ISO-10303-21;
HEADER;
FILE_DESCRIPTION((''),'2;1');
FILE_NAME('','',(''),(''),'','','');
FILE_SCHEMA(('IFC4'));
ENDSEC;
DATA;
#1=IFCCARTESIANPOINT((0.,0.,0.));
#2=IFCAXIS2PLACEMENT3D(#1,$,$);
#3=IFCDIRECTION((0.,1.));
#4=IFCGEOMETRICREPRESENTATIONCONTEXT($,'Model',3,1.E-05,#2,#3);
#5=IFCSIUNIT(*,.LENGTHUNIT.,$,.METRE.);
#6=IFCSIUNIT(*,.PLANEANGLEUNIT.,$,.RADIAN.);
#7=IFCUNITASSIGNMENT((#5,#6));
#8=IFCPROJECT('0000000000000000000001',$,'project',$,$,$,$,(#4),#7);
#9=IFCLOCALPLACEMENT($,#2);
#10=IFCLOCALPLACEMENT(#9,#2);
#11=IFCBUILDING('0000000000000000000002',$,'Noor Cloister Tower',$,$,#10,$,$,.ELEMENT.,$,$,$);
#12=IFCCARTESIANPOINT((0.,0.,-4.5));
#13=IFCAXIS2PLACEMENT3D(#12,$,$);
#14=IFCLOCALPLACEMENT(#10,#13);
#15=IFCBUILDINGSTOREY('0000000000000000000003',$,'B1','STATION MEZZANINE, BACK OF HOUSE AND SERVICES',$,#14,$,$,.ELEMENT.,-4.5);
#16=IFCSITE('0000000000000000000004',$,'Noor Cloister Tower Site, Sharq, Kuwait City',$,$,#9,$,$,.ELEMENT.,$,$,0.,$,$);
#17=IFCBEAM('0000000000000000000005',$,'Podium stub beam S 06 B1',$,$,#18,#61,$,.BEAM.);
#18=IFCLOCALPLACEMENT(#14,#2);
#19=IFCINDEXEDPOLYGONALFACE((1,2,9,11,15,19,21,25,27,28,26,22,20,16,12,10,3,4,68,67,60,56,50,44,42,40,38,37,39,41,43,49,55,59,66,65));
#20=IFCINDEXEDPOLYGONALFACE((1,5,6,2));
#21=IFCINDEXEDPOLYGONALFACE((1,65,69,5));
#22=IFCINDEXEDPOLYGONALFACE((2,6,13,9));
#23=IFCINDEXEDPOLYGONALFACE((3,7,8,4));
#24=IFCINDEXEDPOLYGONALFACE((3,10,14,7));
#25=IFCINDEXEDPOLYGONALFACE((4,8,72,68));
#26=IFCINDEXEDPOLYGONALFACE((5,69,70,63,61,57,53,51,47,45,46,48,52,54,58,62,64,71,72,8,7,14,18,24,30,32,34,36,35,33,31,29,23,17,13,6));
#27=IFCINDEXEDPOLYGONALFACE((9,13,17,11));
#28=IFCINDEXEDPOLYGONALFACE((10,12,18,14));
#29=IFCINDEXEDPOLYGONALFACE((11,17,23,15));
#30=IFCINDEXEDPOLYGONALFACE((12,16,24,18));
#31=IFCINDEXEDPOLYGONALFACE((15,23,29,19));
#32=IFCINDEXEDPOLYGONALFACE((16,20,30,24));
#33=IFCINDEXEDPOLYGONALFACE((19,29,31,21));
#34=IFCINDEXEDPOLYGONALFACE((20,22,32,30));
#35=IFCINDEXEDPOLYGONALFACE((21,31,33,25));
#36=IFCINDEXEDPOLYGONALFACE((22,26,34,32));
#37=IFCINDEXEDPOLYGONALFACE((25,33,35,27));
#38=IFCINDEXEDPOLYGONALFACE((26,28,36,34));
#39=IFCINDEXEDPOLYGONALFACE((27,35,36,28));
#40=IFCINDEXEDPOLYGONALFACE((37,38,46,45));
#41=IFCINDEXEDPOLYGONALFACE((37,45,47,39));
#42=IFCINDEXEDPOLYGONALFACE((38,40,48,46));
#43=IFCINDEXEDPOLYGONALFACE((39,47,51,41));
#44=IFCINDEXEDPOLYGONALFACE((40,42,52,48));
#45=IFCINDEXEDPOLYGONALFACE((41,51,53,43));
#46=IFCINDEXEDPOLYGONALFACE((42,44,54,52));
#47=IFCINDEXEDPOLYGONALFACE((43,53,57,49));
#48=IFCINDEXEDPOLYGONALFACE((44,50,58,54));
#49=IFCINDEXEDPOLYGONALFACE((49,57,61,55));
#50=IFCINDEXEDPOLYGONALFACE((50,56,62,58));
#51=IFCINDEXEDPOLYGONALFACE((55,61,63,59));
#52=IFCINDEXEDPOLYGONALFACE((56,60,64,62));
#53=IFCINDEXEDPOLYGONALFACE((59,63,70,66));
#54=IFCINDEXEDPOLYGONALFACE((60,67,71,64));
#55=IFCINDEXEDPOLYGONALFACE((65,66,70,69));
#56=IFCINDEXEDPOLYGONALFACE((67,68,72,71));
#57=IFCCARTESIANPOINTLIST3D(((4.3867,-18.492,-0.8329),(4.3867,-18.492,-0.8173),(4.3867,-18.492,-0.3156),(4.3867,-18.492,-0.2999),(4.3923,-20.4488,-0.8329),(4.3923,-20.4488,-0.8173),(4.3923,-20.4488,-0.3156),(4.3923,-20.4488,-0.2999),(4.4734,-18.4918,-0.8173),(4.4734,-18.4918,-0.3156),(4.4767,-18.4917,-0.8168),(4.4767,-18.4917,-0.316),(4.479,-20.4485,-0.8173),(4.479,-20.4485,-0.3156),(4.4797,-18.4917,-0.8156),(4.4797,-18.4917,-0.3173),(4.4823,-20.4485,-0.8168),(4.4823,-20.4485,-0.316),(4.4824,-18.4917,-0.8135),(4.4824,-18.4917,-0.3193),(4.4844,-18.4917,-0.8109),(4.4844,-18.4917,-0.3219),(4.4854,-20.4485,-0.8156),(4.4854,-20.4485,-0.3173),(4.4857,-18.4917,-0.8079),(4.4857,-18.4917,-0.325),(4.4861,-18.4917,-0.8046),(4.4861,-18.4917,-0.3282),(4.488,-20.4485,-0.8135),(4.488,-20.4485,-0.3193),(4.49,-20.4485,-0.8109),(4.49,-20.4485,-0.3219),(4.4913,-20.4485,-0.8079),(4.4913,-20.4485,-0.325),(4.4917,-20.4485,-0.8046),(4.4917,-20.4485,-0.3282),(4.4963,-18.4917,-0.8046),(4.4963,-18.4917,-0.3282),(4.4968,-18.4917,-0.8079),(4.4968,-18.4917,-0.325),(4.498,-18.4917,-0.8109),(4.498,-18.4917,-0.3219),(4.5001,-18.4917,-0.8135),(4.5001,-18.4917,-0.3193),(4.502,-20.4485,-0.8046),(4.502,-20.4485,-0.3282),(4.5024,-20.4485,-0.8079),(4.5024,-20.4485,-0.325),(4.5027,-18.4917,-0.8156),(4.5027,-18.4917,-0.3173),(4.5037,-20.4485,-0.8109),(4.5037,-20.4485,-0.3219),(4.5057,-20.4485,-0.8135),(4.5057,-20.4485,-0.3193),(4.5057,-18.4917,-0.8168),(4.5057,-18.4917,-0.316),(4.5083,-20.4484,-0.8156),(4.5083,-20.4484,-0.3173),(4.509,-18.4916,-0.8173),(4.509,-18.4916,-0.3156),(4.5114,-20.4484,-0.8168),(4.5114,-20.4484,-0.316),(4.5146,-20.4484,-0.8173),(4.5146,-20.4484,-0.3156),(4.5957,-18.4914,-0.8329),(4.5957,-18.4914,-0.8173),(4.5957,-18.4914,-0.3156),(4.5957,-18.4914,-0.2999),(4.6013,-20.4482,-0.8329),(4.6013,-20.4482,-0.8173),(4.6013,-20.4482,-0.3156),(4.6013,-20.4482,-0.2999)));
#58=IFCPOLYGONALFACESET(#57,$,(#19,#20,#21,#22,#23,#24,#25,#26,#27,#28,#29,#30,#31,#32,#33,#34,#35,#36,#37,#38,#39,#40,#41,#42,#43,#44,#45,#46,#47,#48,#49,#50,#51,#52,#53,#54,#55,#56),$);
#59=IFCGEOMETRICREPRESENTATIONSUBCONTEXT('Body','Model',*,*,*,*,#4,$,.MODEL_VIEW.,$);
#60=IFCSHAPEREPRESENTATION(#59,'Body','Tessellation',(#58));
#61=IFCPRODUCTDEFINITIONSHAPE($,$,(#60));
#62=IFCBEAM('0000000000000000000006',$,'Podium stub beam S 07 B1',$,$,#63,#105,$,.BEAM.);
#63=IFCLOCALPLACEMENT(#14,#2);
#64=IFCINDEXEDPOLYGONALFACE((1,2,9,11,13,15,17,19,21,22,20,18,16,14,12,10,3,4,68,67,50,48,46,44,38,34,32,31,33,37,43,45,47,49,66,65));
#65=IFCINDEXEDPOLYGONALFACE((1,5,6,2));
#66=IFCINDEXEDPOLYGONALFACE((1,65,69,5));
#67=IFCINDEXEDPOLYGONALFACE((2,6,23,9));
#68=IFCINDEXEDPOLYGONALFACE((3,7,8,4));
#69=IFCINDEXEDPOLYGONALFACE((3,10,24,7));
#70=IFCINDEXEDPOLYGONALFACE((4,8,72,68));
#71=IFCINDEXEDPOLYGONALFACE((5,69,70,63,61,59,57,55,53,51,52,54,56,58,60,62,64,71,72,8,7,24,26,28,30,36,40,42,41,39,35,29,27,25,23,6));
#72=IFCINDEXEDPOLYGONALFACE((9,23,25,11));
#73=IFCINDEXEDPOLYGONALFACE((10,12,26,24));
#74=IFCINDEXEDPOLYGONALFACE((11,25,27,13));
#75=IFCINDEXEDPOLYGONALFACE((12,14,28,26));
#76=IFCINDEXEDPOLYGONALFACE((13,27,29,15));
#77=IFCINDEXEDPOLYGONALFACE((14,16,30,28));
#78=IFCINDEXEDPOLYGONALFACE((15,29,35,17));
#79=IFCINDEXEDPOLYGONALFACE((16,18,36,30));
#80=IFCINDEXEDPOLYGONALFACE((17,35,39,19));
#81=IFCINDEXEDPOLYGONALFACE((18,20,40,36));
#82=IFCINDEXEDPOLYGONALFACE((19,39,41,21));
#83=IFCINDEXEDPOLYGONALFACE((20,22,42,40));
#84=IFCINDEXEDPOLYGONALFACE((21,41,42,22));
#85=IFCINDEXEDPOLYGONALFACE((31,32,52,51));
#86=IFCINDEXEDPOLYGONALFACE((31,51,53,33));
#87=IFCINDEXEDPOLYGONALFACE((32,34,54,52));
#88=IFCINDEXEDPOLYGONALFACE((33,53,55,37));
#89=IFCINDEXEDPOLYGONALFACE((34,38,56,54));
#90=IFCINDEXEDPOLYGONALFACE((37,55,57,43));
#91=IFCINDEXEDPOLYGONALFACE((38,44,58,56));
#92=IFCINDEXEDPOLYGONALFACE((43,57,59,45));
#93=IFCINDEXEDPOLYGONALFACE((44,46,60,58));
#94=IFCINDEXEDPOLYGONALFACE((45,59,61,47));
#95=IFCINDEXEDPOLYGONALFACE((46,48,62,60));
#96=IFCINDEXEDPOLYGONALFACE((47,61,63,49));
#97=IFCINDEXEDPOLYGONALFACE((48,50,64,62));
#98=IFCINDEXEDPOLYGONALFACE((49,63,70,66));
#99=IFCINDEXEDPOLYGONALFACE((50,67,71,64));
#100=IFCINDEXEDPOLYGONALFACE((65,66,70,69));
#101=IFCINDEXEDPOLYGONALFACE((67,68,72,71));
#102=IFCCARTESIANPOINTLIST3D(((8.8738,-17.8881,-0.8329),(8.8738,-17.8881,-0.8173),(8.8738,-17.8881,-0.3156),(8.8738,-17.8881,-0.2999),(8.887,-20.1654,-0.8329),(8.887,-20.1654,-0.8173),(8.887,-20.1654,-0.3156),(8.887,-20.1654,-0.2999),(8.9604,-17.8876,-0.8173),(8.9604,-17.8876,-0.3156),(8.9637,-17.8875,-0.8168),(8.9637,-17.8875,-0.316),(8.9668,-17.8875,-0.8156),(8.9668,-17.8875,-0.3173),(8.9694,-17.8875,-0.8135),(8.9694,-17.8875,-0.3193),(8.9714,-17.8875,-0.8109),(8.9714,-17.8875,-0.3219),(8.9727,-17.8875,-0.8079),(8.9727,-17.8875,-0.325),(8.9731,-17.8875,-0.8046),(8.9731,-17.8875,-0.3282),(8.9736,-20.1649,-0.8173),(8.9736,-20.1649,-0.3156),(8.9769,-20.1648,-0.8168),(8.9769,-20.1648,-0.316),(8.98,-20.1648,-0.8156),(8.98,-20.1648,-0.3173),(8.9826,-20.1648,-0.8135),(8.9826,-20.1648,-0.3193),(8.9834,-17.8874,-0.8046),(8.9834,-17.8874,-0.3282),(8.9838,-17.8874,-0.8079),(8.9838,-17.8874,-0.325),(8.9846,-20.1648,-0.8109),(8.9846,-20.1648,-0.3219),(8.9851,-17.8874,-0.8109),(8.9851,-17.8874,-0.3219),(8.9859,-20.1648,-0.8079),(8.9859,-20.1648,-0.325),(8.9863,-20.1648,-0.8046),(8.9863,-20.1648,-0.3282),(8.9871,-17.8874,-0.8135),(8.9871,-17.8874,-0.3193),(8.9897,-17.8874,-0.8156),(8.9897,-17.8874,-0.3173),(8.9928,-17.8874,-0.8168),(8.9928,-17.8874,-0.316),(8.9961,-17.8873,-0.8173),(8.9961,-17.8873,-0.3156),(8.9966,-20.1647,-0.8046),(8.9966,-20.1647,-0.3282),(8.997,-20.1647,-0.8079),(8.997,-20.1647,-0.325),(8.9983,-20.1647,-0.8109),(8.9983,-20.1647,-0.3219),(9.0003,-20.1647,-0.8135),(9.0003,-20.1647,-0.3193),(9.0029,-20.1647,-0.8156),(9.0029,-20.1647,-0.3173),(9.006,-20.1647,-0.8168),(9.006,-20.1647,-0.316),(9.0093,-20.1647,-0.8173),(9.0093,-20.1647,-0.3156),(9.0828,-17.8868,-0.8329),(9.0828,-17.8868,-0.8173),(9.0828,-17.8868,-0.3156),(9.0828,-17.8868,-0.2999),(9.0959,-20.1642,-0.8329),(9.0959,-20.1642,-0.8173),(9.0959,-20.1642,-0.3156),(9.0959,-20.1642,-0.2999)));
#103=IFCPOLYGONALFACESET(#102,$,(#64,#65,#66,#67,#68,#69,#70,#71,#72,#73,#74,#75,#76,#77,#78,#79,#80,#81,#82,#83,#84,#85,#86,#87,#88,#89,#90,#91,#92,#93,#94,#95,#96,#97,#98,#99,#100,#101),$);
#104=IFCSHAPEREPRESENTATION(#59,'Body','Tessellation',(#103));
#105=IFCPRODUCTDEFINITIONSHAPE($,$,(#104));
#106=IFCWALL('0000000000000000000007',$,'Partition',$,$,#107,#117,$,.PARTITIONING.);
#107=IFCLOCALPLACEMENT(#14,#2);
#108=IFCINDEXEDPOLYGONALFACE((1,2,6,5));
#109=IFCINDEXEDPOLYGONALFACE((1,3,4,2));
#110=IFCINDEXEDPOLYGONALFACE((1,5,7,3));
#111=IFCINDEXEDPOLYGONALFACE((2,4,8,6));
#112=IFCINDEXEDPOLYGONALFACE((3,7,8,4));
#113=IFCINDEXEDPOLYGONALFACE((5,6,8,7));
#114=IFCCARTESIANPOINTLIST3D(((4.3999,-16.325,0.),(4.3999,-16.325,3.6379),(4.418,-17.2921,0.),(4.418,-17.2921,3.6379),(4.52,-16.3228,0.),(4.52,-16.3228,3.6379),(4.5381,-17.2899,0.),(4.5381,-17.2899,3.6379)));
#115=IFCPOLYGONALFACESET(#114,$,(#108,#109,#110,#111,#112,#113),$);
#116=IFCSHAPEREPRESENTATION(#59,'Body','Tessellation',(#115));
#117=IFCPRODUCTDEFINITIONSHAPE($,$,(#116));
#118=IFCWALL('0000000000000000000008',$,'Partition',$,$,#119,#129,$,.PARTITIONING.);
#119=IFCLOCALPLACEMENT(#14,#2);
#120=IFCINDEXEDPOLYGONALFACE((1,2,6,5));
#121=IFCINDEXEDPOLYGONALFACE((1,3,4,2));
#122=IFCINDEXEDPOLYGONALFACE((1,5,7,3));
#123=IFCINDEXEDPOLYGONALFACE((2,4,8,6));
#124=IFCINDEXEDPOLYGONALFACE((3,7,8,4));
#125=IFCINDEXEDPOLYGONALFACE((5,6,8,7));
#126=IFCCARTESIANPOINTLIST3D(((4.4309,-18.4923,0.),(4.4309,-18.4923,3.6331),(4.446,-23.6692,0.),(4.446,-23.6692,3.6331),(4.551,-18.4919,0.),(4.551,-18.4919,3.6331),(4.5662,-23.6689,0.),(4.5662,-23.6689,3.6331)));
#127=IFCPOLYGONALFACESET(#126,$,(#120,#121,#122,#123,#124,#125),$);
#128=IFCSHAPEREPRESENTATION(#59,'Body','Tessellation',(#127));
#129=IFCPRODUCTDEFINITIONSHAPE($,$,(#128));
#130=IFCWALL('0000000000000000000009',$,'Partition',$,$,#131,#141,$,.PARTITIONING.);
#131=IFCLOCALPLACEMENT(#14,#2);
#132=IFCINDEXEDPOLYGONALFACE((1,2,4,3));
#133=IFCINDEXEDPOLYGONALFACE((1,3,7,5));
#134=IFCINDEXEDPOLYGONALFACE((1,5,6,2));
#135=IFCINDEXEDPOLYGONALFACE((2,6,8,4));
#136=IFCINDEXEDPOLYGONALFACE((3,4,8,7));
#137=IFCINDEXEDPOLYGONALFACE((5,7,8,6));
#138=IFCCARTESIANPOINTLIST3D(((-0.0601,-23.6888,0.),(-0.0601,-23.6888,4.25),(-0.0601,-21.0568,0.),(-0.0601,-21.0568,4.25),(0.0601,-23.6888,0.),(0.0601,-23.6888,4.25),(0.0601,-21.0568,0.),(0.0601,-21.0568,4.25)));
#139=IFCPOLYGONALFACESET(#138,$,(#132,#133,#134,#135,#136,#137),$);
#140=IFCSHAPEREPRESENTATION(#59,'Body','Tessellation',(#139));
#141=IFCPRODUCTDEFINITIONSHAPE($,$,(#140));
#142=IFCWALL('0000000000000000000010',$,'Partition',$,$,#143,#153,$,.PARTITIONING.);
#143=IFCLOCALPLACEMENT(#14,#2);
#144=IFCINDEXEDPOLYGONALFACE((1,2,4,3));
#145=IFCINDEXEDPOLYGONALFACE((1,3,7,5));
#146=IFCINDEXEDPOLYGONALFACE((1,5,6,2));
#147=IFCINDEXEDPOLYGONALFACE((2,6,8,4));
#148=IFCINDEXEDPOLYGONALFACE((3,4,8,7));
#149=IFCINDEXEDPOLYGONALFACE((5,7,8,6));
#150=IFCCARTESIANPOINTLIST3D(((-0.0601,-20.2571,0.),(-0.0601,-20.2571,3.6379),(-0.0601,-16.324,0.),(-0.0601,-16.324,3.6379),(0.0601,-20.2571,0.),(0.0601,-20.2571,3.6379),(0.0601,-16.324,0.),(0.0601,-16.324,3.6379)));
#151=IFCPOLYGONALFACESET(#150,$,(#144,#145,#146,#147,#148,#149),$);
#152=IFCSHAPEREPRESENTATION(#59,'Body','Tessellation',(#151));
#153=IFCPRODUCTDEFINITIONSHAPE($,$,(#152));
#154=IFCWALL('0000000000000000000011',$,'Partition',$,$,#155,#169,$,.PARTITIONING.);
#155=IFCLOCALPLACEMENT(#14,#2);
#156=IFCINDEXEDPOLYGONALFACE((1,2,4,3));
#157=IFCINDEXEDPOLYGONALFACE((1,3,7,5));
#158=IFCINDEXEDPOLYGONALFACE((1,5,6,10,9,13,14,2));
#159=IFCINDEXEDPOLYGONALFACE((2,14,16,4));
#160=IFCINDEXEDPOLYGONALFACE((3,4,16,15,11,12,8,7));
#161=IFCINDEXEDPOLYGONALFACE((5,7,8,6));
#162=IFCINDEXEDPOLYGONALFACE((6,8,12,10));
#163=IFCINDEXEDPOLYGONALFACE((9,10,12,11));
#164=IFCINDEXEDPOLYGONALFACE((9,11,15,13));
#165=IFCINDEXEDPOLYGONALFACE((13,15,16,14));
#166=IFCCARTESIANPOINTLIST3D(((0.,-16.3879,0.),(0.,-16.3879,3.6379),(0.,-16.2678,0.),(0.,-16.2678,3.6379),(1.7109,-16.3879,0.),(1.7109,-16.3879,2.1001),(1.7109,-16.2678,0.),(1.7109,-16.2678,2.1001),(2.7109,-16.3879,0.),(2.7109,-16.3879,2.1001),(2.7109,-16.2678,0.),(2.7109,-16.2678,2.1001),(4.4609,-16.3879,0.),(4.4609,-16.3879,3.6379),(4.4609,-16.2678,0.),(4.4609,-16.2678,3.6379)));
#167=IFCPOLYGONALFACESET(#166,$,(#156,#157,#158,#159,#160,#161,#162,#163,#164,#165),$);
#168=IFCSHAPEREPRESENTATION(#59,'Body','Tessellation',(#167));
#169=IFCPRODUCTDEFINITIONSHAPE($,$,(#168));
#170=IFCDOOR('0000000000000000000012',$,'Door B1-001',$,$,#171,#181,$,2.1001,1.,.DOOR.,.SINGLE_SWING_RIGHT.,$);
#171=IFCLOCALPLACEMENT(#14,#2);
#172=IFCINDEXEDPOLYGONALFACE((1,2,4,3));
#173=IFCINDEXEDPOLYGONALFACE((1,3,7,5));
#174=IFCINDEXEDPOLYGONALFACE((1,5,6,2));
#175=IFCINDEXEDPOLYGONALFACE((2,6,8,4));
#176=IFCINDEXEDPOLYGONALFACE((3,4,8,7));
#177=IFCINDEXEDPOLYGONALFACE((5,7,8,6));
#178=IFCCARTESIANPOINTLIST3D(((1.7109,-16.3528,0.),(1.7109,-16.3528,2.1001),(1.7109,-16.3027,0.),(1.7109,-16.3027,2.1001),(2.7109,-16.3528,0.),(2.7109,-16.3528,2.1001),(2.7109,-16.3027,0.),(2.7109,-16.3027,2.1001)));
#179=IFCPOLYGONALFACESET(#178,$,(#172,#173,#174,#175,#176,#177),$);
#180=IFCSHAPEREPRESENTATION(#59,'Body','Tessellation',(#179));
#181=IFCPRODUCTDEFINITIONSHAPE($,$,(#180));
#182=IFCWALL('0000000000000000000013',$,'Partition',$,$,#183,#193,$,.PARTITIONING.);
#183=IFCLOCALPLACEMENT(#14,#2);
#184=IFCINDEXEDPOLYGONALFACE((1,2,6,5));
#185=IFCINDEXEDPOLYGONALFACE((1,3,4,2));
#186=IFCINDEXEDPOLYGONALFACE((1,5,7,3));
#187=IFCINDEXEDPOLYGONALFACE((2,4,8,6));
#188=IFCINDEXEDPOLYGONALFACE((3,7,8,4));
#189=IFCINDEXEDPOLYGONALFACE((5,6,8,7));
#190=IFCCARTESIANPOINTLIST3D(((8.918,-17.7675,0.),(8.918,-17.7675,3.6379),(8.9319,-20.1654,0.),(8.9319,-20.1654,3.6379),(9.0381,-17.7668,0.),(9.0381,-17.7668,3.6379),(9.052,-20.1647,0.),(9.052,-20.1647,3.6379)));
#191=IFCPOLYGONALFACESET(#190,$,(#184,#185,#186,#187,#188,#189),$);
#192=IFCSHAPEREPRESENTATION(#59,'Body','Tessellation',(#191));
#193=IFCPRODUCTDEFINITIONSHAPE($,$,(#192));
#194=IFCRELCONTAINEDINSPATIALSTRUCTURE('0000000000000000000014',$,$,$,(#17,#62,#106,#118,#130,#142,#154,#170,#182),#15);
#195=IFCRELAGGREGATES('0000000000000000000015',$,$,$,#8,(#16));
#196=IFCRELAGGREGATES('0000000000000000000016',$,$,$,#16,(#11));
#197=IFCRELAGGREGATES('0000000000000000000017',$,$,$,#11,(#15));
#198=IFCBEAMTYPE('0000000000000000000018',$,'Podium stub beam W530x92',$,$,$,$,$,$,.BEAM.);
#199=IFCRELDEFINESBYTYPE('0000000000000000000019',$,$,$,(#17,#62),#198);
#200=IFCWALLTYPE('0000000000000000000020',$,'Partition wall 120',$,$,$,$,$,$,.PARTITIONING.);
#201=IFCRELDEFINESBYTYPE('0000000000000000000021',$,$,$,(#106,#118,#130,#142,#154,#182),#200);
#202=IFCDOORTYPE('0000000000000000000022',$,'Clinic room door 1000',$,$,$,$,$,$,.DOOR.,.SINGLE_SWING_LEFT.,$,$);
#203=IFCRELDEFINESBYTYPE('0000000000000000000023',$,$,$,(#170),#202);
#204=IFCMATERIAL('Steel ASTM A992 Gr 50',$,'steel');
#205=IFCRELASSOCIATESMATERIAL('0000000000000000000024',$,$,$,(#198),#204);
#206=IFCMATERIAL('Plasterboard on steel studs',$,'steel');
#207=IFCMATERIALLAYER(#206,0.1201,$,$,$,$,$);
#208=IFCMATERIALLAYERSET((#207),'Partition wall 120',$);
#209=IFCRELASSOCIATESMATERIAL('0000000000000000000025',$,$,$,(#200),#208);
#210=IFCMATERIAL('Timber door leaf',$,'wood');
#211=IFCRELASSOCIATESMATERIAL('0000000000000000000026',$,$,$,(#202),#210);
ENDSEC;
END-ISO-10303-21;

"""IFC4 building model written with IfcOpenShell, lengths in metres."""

from ifc_helpers import new_model, si_unit, direction, frame, frame_2d, origin, origin_2d, place, context, subcontext, project, spatial, rectangle, i_section, extrude, material, layer, layer_set, material_profile, profile_set, type_object, element, fill, save


model = new_model("IFC4")

# Units and contexts
model_context = context("Model", 3, precision=1e-05, world=origin(), true_north=direction((0.0, 1.0)))
body_context = subcontext(model_context, "Body", "Model", "MODEL_VIEW")
ifc_project = project(units=[si_unit("LENGTHUNIT", "METRE"), si_unit("PLANEANGLEUNIT", "RADIAN")], contexts=[model_context])

# Site, building, storey
site_placement = place(None, origin())
site = spatial("IfcSite", under=ifc_project, at=site_placement, Name="Noor Cloister Tower Site, Sharq, Kuwait City", CompositionType="ELEMENT", RefElevation=0.0)
building_placement = place(site_placement, origin())
building = spatial("IfcBuilding", under=site, at=building_placement, Name="Noor Cloister Tower", CompositionType="ELEMENT")
storey_placement = place(building_placement, frame((0.0, 0.0, -4.5)))
storey = spatial("IfcBuildingStorey", under=building, at=storey_placement, Name="B1", Description="STATION MEZZANINE, BACK OF HOUSE AND SERVICES", CompositionType="ELEMENT", Elevation=-4.5)

# Beams
ifc_material_1 = material(Name="Steel ASTM A992 Gr 50", Category="steel")
ifc_material_profile_1 = material_profile(ifc_material_1, i_section(OverallWidth=0.209, OverallDepth=0.533, WebThickness=0.0103, FlangeThickness=0.0156, FilletRadius=0.0127, at=origin_2d()), Name="W530x92")
ifc_profile_set_1 = profile_set([ifc_material_profile_1], Name="Steel ASTM A992 Gr 50")
beam_type_1 = type_object("IfcBeamType", Name="Podium stub beam W530x92", PredefinedType="BEAM", material=ifc_profile_set_1)
beam_1_placement = place(storey_placement, frame((4.4912, -18.4917, -0.5664), z_axis=(0.00287, -0.999996, 0.0), x_axis=(0.999996, 0.00287, 0.0)))
element("IfcBeam", 1, at=beam_1_placement, inside=storey, type_object=beam_type_1, Name="Podium stub beam S 06 B1", PredefinedType="BEAM", context=body_context, shape_type="SweptSolid", body=[
    extrude(i_section(OverallWidth=0.209, OverallDepth=0.533, WebThickness=0.0103, FlangeThickness=0.0156, FilletRadius=0.0127, at=origin_2d()), origin(), (0.0, 0.0, 1.0), 1.9568),
])
beam_2_placement = place(storey_placement, frame((8.9783, -17.8875, -0.5664), z_axis=(0.005789, -0.999983, 0.0), x_axis=(0.999983, 0.005789, 0.0)))
element("IfcBeam", 2, at=beam_2_placement, inside=storey, type_object=beam_type_1, Name="Podium stub beam S 07 B1", PredefinedType="BEAM", context=body_context, shape_type="SweptSolid", body=[
    extrude(i_section(OverallWidth=0.209, OverallDepth=0.533, WebThickness=0.0103, FlangeThickness=0.0156, FilletRadius=0.0127, at=origin_2d()), origin(), (0.0, 0.0, 1.0), 2.2773),
])

# Walls
ifc_material_2 = material(Name="Plasterboard on steel studs", Category="steel")
ifc_layer = layer(ifc_material_2, 0.1201)
ifc_layer_set = layer_set([ifc_layer], Name="Partition wall 120")
wall_type = type_object("IfcWallType", Name="Partition wall 120", PredefinedType="PARTITIONING", material=ifc_layer_set)
wall_1_placement = place(storey_placement, frame((4.478, -17.291, 0.0), z_axis=(0.0, 0.0, 1.0), x_axis=(-0.018679, 0.999826, 0.0)))
element("IfcWall", 3, at=wall_1_placement, inside=storey, type_object=wall_type, Name="Partition", PredefinedType="PARTITIONING", context=body_context, shape_type="SweptSolid", body=[
    extrude(rectangle(XDim=0.9673, YDim=0.1201, at=frame_2d((0.4836, 0.0))), origin(), (0.0, 0.0, 1.0), 3.6379),
])
wall_2_placement = place(storey_placement, frame((4.5061, -23.6689, 0.0), z_axis=(0.0, 0.0, 1.0), x_axis=(-0.002924, 0.999996, 0.0)))
element("IfcWall", 4, at=wall_2_placement, inside=storey, type_object=wall_type, Name="Partition", PredefinedType="PARTITIONING", context=body_context, shape_type="SweptSolid", body=[
    extrude(rectangle(XDim=5.177, YDim=0.1201, at=frame_2d((2.5884, 0.0))), origin(), (0.0, 0.0, 1.0), 3.6331),
])
wall_3_placement = place(storey_placement, frame((0.0, -21.0569, 0.0), z_axis=(0.0, 0.0, 1.0), x_axis=(0.0, -1.0, 0.0)))
element("IfcWall", 5, at=wall_3_placement, inside=storey, type_object=wall_type, Name="Partition", PredefinedType="PARTITIONING", context=body_context, shape_type="SweptSolid", body=[
    extrude(rectangle(XDim=2.6321, YDim=0.1201, at=frame_2d((1.3159, 0.0))), origin(), (0.0, 0.0, 1.0), 4.25),
])
wall_4_placement = place(storey_placement, frame((0.0, -16.324, 0.0), z_axis=(0.0, 0.0, 1.0), x_axis=(0.0, -1.0, 0.0)))
element("IfcWall", 6, at=wall_4_placement, inside=storey, type_object=wall_type, Name="Partition", PredefinedType="PARTITIONING", context=body_context, shape_type="SweptSolid", body=[
    extrude(rectangle(XDim=3.9331, YDim=0.1201, at=frame_2d((1.9666, 0.0))), origin(), (0.0, 0.0, 1.0), 3.6379),
])

# Wall, opening, door
wall_5_placement = place(storey_placement, frame((4.4609, -16.3279, 0.0), z_axis=(0.0, 0.0, 1.0), x_axis=(-1.0, 0.0, 0.0)))
wall_5 = element("IfcWall", 7, at=wall_5_placement, inside=storey, type_object=wall_type, Name="Partition", PredefinedType="PARTITIONING", context=body_context, shape_type="SweptSolid", body=[
    extrude(rectangle(XDim=4.4609, YDim=0.1201, at=frame_2d((2.2305, 0.0))), origin(), (0.0, 0.0, 1.0), 3.6379),
])
opening_1_placement = place(wall_5_placement, frame((1.75, 0.0, 0.0)))
opening_1 = element("IfcOpeningElement", 8, at=opening_1_placement, cuts=wall_5, PredefinedType="OPENING", context=body_context, shape_type="SweptSolid", body=[
    extrude(rectangle(XDim=1.0, YDim=2.1001, at=frame_2d((0.5, 1.05))), frame((0.0, 0.0701, 0.0), z_axis=(0.0, -1.0, 0.0), x_axis=(1.0, 0.0, 0.0)), (0.0, 0.0, 1.0), 0.1401),
])
ifc_material_3 = material(Name="Timber door leaf", Category="wood")
door_type_1 = type_object("IfcDoorType", Name="Clinic room door 1000", OperationType="SINGLE_SWING_LEFT", PredefinedType="DOOR", material=ifc_material_3)
door_1_placement = place(opening_1_placement, origin())
door_1 = element("IfcDoor", 9, at=door_1_placement, inside=storey, type_object=door_type_1, Name="Door B1-001", OperationType="SINGLE_SWING_RIGHT", OverallHeight=2.1001, OverallWidth=1.0, PredefinedType="DOOR", context=body_context, shape_type="SweptSolid", body=[
    extrude(rectangle(XDim=1.0, YDim=2.1001, at=frame_2d((0.5, 1.05))), frame((0.0, 0.0249, 0.0), z_axis=(0.0, -1.0, 0.0), x_axis=(1.0, 0.0, 0.0)), (0.0, 0.0, 1.0), 0.05),
])
fill(opening_1, door_1)

# Wall
wall_6_placement = place(storey_placement, frame((8.9919, -20.165, 0.0), z_axis=(0.0, 0.0, 1.0), x_axis=(-0.005803, 0.999983, 0.0)))
element("IfcWall", 10, at=wall_6_placement, inside=storey, type_object=wall_type, Name="Partition", PredefinedType="PARTITIONING", context=body_context, shape_type="SweptSolid", body=[
    extrude(rectangle(XDim=2.3979, YDim=0.1201, at=frame_2d((1.199, 0.0))), origin(), (0.0, 0.0, 1.0), 3.6379),
])

save(model, "model.ifc")
